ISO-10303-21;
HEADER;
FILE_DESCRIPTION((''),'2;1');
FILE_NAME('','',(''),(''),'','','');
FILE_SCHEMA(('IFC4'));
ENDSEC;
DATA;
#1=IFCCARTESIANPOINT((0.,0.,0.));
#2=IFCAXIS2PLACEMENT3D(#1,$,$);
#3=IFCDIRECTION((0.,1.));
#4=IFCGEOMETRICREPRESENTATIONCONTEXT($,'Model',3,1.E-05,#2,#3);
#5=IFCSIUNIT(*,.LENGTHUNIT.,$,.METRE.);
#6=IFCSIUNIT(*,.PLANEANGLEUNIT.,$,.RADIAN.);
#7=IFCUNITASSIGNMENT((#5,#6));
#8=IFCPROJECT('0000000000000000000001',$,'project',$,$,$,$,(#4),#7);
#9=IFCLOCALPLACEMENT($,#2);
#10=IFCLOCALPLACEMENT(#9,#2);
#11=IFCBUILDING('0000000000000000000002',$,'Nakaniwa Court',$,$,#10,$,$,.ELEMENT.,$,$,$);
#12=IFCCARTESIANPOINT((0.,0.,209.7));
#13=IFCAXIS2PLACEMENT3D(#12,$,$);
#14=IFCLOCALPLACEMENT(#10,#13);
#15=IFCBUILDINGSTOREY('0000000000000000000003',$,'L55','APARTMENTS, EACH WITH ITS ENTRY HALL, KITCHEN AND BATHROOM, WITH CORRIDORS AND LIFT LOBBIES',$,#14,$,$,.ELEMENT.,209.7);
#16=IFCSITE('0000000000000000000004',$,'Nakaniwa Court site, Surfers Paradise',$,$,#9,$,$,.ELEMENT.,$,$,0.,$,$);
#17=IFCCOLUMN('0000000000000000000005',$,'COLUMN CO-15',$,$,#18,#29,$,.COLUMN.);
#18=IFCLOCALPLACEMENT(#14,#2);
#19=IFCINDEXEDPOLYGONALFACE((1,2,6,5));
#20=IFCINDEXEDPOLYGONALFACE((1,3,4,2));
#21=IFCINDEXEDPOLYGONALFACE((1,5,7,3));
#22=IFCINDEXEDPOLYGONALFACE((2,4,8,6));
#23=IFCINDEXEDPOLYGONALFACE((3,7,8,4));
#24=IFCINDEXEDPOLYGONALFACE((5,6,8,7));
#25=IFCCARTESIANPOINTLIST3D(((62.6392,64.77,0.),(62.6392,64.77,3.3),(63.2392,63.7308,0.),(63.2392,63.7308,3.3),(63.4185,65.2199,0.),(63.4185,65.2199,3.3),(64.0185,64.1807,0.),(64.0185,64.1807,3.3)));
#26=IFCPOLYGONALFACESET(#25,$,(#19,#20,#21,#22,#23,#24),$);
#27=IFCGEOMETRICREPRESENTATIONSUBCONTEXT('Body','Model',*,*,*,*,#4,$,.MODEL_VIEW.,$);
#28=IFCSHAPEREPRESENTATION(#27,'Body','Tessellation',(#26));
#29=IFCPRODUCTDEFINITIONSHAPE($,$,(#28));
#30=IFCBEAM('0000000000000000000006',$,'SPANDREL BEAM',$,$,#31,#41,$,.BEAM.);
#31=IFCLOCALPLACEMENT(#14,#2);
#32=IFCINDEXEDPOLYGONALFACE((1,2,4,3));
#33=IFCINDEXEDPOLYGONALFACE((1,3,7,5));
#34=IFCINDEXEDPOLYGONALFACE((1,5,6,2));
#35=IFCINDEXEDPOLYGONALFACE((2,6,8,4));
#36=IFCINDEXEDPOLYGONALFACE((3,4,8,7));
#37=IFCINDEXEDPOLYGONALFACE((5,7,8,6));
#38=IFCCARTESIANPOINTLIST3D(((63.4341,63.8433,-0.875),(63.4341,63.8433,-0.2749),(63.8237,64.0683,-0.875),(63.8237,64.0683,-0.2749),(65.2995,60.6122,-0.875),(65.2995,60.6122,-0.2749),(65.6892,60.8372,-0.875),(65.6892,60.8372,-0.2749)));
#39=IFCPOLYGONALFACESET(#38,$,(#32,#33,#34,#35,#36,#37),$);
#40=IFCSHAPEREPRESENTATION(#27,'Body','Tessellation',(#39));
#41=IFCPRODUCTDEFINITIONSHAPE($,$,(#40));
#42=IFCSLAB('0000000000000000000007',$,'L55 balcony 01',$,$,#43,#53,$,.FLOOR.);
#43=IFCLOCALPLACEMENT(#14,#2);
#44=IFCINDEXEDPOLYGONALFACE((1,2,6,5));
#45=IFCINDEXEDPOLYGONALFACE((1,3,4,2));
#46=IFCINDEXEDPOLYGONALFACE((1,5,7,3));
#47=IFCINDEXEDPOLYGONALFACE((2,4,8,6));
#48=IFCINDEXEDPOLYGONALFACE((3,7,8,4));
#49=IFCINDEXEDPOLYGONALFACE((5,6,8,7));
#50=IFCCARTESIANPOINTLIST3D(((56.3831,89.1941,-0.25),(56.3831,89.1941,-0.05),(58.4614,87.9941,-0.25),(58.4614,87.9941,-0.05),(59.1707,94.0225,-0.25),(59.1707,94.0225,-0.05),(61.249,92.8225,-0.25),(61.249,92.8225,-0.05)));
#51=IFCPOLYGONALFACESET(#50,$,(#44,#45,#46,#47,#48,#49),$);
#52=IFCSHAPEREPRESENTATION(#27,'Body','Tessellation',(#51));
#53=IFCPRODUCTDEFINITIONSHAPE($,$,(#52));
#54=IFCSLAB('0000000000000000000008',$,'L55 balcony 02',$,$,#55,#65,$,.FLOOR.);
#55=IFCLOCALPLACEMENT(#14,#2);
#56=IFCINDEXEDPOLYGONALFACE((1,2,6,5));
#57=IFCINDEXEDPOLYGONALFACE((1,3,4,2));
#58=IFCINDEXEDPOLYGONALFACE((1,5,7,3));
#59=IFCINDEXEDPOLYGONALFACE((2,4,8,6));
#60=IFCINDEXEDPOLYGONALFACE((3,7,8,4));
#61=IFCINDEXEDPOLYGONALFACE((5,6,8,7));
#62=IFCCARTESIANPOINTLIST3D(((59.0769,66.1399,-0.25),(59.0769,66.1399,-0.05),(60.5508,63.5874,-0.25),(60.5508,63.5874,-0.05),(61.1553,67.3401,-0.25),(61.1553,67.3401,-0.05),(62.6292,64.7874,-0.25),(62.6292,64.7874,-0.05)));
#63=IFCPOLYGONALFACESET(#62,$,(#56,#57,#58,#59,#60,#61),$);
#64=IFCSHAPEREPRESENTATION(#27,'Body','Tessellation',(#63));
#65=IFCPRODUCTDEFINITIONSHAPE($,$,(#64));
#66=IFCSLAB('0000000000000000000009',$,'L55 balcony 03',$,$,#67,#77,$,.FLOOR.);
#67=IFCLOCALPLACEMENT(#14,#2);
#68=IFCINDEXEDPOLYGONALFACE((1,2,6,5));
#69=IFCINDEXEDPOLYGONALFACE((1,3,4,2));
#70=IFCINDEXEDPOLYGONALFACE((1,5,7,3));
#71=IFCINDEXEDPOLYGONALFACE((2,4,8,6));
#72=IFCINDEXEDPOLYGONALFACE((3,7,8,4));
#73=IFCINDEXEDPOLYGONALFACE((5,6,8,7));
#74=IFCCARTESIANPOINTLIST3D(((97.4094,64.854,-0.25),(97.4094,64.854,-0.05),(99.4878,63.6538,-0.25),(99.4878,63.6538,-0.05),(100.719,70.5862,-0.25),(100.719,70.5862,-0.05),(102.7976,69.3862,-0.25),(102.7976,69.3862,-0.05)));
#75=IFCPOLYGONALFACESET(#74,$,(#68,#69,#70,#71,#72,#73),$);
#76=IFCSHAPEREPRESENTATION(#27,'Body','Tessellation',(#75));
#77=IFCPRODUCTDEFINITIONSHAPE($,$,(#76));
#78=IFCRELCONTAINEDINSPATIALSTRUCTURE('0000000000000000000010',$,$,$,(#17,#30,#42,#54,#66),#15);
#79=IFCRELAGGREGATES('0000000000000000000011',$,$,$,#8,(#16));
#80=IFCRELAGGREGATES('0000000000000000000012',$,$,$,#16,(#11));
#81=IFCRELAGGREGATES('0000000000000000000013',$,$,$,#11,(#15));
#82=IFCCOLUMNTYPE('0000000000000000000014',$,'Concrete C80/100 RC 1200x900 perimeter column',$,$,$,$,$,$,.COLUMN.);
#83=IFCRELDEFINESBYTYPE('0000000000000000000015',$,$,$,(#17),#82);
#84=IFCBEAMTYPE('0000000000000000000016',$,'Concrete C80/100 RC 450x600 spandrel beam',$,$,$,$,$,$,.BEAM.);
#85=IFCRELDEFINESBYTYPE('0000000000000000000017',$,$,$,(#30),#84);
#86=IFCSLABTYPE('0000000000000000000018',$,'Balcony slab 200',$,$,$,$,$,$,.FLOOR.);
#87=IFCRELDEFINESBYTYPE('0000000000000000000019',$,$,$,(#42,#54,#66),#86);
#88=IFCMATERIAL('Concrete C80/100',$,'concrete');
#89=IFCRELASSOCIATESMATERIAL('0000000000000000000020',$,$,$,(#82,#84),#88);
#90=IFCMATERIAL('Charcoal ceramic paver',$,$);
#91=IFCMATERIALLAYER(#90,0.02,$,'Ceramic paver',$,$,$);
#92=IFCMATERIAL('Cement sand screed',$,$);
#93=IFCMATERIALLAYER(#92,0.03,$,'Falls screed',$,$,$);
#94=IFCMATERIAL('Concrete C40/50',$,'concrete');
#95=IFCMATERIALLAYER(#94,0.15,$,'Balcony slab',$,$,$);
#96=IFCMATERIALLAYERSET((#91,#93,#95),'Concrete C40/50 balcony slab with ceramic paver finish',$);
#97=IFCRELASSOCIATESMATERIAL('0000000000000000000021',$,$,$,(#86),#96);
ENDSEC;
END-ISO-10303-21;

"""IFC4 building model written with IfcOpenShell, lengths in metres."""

from ifc_helpers import new_model, si_unit, direction, frame, origin, origin_2d, place, context, subcontext, project, spatial, polyline, rectangle, outline, extrude, material, layer, layer_set, material_profile, profile_set, type_object, element, save


model = new_model("IFC4")

# Units and contexts
model_context = context("Model", 3, precision=1e-05, world=origin(), true_north=direction((0.0, 1.0)))
body_context = subcontext(model_context, "Body", "Model", "MODEL_VIEW")
ifc_project = project(units=[si_unit("LENGTHUNIT", "METRE"), si_unit("PLANEANGLEUNIT", "RADIAN")], contexts=[model_context])

# Site, building, storey
site_placement = place(None, origin())
site = spatial("IfcSite", under=ifc_project, at=site_placement, Name="Nakaniwa Court site, Surfers Paradise", CompositionType="ELEMENT", RefElevation=0.0)
building_placement = place(site_placement, origin())
building = spatial("IfcBuilding", under=site, at=building_placement, Name="Nakaniwa Court", CompositionType="ELEMENT")
storey_placement = place(building_placement, frame((0.0, 0.0, 209.7)))
storey = spatial("IfcBuildingStorey", under=building, at=storey_placement, Name="L55", Description="APARTMENTS, EACH WITH ITS ENTRY HALL, KITCHEN AND BATHROOM, WITH CORRIDORS AND LIFT LOBBIES", CompositionType="ELEMENT", Elevation=209.7)

# Column
ifc_material_1 = material(Name="Concrete C80/100", Category="concrete")
ifc_material_profile_1 = material_profile(ifc_material_1, rectangle(XDim=1.2, YDim=0.8999, at=origin_2d()), Name="Concrete C80/100 RC 1200x900 perimeter column")
ifc_profile_set_1 = profile_set([ifc_material_profile_1], Name="Concrete C80/100")
column_type = type_object("IfcColumnType", Name="Concrete C80/100 RC 1200x900 perimeter column", PredefinedType="COLUMN", material=ifc_profile_set_1)
column_placement = place(storey_placement, frame((63.3289, 64.4753, 0.0), z_axis=(0.0, 0.0, 1.0), x_axis=(0.5, -0.866025, 0.0)))
element("IfcColumn", 1, at=column_placement, inside=storey, type_object=column_type, Name="COLUMN CO-15", PredefinedType="COLUMN", context=body_context, shape_type="SweptSolid", body=[
    extrude(rectangle(XDim=1.2, YDim=0.8999, at=origin_2d()), origin(), (0.0, 0.0, 1.0), 3.3),
])

# Beam
ifc_material_profile_2 = material_profile(ifc_material_1, rectangle(XDim=0.45, YDim=0.6001, at=origin_2d()), Name="Concrete C80/100 RC 450x600 spandrel beam")
ifc_profile_set_2 = profile_set([ifc_material_profile_2], Name="Concrete C80/100")
beam_type = type_object("IfcBeamType", Name="Concrete C80/100 RC 450x600 spandrel beam", PredefinedType="BEAM", material=ifc_profile_set_2)
beam_placement = place(storey_placement, frame((63.6289, 63.9558, -0.575), z_axis=(0.499989, -0.866032, 0.0), x_axis=(0.866032, 0.499989, 0.0)))
element("IfcBeam", 2, at=beam_placement, inside=storey, type_object=beam_type, Name="SPANDREL BEAM", PredefinedType="BEAM", context=body_context, shape_type="SweptSolid", body=[
    extrude(rectangle(XDim=0.45, YDim=0.6001, at=origin_2d()), origin(), (0.0, 0.0, 1.0), 3.731),
])

# Slabs
ifc_material_2 = material(Name="Charcoal ceramic paver")
ifc_layer_1 = layer(ifc_material_2, 0.02, Name="Ceramic paver")
ifc_material_3 = material(Name="Cement sand screed")
ifc_layer_2 = layer(ifc_material_3, 0.03, Name="Falls screed")
ifc_material_4 = material(Name="Concrete C40/50", Category="concrete")
ifc_layer_3 = layer(ifc_material_4, 0.15, Name="Balcony slab")
ifc_layer_set_1 = layer_set([ifc_layer_1, ifc_layer_2, ifc_layer_3], Name="Concrete C40/50 balcony slab with ceramic paver finish")
slab_type_1 = type_object("IfcSlabType", Name="Balcony slab 200", PredefinedType="FLOOR", material=ifc_layer_set_1)
slab_1_placement = place(storey_placement, frame((0.0, 0.0, -0.25)))
element("IfcSlab", 3, at=slab_1_placement, inside=storey, type_object=slab_type_1, Name="L55 balcony 01", PredefinedType="FLOOR", context=body_context, shape_type="SweptSolid", body=[
    extrude(outline(polyline([(61.249, 92.8225), (58.4614, 87.9941), (56.3831, 89.1941), (59.1707, 94.0225), (61.249, 92.8225)])), origin(), (0.0, 0.0, 1.0), 0.2),
])
slab_2_placement = place(storey_placement, frame((0.0, 0.0, -0.25)))
element("IfcSlab", 4, at=slab_2_placement, inside=storey, type_object=slab_type_1, Name="L55 balcony 02", PredefinedType="FLOOR", context=body_context, shape_type="SweptSolid", body=[
    extrude(outline(polyline([(61.1553, 67.3401), (62.6292, 64.7874), (60.5508, 63.5874), (59.0769, 66.1399), (61.1553, 67.3401)])), origin(), (0.0, 0.0, 1.0), 0.2),
])
slab_3_placement = place(storey_placement, frame((0.0, 0.0, -0.25)))
element("IfcSlab", 5, at=slab_3_placement, inside=storey, type_object=slab_type_1, Name="L55 balcony 03", PredefinedType="FLOOR", context=body_context, shape_type="SweptSolid", body=[
    extrude(outline(polyline([(97.4094, 64.854), (100.719, 70.5862), (102.7976, 69.3862), (99.4878, 63.6538), (97.4094, 64.854)])), origin(), (0.0, 0.0, 1.0), 0.2),
])

save(model, "model.ifc")
